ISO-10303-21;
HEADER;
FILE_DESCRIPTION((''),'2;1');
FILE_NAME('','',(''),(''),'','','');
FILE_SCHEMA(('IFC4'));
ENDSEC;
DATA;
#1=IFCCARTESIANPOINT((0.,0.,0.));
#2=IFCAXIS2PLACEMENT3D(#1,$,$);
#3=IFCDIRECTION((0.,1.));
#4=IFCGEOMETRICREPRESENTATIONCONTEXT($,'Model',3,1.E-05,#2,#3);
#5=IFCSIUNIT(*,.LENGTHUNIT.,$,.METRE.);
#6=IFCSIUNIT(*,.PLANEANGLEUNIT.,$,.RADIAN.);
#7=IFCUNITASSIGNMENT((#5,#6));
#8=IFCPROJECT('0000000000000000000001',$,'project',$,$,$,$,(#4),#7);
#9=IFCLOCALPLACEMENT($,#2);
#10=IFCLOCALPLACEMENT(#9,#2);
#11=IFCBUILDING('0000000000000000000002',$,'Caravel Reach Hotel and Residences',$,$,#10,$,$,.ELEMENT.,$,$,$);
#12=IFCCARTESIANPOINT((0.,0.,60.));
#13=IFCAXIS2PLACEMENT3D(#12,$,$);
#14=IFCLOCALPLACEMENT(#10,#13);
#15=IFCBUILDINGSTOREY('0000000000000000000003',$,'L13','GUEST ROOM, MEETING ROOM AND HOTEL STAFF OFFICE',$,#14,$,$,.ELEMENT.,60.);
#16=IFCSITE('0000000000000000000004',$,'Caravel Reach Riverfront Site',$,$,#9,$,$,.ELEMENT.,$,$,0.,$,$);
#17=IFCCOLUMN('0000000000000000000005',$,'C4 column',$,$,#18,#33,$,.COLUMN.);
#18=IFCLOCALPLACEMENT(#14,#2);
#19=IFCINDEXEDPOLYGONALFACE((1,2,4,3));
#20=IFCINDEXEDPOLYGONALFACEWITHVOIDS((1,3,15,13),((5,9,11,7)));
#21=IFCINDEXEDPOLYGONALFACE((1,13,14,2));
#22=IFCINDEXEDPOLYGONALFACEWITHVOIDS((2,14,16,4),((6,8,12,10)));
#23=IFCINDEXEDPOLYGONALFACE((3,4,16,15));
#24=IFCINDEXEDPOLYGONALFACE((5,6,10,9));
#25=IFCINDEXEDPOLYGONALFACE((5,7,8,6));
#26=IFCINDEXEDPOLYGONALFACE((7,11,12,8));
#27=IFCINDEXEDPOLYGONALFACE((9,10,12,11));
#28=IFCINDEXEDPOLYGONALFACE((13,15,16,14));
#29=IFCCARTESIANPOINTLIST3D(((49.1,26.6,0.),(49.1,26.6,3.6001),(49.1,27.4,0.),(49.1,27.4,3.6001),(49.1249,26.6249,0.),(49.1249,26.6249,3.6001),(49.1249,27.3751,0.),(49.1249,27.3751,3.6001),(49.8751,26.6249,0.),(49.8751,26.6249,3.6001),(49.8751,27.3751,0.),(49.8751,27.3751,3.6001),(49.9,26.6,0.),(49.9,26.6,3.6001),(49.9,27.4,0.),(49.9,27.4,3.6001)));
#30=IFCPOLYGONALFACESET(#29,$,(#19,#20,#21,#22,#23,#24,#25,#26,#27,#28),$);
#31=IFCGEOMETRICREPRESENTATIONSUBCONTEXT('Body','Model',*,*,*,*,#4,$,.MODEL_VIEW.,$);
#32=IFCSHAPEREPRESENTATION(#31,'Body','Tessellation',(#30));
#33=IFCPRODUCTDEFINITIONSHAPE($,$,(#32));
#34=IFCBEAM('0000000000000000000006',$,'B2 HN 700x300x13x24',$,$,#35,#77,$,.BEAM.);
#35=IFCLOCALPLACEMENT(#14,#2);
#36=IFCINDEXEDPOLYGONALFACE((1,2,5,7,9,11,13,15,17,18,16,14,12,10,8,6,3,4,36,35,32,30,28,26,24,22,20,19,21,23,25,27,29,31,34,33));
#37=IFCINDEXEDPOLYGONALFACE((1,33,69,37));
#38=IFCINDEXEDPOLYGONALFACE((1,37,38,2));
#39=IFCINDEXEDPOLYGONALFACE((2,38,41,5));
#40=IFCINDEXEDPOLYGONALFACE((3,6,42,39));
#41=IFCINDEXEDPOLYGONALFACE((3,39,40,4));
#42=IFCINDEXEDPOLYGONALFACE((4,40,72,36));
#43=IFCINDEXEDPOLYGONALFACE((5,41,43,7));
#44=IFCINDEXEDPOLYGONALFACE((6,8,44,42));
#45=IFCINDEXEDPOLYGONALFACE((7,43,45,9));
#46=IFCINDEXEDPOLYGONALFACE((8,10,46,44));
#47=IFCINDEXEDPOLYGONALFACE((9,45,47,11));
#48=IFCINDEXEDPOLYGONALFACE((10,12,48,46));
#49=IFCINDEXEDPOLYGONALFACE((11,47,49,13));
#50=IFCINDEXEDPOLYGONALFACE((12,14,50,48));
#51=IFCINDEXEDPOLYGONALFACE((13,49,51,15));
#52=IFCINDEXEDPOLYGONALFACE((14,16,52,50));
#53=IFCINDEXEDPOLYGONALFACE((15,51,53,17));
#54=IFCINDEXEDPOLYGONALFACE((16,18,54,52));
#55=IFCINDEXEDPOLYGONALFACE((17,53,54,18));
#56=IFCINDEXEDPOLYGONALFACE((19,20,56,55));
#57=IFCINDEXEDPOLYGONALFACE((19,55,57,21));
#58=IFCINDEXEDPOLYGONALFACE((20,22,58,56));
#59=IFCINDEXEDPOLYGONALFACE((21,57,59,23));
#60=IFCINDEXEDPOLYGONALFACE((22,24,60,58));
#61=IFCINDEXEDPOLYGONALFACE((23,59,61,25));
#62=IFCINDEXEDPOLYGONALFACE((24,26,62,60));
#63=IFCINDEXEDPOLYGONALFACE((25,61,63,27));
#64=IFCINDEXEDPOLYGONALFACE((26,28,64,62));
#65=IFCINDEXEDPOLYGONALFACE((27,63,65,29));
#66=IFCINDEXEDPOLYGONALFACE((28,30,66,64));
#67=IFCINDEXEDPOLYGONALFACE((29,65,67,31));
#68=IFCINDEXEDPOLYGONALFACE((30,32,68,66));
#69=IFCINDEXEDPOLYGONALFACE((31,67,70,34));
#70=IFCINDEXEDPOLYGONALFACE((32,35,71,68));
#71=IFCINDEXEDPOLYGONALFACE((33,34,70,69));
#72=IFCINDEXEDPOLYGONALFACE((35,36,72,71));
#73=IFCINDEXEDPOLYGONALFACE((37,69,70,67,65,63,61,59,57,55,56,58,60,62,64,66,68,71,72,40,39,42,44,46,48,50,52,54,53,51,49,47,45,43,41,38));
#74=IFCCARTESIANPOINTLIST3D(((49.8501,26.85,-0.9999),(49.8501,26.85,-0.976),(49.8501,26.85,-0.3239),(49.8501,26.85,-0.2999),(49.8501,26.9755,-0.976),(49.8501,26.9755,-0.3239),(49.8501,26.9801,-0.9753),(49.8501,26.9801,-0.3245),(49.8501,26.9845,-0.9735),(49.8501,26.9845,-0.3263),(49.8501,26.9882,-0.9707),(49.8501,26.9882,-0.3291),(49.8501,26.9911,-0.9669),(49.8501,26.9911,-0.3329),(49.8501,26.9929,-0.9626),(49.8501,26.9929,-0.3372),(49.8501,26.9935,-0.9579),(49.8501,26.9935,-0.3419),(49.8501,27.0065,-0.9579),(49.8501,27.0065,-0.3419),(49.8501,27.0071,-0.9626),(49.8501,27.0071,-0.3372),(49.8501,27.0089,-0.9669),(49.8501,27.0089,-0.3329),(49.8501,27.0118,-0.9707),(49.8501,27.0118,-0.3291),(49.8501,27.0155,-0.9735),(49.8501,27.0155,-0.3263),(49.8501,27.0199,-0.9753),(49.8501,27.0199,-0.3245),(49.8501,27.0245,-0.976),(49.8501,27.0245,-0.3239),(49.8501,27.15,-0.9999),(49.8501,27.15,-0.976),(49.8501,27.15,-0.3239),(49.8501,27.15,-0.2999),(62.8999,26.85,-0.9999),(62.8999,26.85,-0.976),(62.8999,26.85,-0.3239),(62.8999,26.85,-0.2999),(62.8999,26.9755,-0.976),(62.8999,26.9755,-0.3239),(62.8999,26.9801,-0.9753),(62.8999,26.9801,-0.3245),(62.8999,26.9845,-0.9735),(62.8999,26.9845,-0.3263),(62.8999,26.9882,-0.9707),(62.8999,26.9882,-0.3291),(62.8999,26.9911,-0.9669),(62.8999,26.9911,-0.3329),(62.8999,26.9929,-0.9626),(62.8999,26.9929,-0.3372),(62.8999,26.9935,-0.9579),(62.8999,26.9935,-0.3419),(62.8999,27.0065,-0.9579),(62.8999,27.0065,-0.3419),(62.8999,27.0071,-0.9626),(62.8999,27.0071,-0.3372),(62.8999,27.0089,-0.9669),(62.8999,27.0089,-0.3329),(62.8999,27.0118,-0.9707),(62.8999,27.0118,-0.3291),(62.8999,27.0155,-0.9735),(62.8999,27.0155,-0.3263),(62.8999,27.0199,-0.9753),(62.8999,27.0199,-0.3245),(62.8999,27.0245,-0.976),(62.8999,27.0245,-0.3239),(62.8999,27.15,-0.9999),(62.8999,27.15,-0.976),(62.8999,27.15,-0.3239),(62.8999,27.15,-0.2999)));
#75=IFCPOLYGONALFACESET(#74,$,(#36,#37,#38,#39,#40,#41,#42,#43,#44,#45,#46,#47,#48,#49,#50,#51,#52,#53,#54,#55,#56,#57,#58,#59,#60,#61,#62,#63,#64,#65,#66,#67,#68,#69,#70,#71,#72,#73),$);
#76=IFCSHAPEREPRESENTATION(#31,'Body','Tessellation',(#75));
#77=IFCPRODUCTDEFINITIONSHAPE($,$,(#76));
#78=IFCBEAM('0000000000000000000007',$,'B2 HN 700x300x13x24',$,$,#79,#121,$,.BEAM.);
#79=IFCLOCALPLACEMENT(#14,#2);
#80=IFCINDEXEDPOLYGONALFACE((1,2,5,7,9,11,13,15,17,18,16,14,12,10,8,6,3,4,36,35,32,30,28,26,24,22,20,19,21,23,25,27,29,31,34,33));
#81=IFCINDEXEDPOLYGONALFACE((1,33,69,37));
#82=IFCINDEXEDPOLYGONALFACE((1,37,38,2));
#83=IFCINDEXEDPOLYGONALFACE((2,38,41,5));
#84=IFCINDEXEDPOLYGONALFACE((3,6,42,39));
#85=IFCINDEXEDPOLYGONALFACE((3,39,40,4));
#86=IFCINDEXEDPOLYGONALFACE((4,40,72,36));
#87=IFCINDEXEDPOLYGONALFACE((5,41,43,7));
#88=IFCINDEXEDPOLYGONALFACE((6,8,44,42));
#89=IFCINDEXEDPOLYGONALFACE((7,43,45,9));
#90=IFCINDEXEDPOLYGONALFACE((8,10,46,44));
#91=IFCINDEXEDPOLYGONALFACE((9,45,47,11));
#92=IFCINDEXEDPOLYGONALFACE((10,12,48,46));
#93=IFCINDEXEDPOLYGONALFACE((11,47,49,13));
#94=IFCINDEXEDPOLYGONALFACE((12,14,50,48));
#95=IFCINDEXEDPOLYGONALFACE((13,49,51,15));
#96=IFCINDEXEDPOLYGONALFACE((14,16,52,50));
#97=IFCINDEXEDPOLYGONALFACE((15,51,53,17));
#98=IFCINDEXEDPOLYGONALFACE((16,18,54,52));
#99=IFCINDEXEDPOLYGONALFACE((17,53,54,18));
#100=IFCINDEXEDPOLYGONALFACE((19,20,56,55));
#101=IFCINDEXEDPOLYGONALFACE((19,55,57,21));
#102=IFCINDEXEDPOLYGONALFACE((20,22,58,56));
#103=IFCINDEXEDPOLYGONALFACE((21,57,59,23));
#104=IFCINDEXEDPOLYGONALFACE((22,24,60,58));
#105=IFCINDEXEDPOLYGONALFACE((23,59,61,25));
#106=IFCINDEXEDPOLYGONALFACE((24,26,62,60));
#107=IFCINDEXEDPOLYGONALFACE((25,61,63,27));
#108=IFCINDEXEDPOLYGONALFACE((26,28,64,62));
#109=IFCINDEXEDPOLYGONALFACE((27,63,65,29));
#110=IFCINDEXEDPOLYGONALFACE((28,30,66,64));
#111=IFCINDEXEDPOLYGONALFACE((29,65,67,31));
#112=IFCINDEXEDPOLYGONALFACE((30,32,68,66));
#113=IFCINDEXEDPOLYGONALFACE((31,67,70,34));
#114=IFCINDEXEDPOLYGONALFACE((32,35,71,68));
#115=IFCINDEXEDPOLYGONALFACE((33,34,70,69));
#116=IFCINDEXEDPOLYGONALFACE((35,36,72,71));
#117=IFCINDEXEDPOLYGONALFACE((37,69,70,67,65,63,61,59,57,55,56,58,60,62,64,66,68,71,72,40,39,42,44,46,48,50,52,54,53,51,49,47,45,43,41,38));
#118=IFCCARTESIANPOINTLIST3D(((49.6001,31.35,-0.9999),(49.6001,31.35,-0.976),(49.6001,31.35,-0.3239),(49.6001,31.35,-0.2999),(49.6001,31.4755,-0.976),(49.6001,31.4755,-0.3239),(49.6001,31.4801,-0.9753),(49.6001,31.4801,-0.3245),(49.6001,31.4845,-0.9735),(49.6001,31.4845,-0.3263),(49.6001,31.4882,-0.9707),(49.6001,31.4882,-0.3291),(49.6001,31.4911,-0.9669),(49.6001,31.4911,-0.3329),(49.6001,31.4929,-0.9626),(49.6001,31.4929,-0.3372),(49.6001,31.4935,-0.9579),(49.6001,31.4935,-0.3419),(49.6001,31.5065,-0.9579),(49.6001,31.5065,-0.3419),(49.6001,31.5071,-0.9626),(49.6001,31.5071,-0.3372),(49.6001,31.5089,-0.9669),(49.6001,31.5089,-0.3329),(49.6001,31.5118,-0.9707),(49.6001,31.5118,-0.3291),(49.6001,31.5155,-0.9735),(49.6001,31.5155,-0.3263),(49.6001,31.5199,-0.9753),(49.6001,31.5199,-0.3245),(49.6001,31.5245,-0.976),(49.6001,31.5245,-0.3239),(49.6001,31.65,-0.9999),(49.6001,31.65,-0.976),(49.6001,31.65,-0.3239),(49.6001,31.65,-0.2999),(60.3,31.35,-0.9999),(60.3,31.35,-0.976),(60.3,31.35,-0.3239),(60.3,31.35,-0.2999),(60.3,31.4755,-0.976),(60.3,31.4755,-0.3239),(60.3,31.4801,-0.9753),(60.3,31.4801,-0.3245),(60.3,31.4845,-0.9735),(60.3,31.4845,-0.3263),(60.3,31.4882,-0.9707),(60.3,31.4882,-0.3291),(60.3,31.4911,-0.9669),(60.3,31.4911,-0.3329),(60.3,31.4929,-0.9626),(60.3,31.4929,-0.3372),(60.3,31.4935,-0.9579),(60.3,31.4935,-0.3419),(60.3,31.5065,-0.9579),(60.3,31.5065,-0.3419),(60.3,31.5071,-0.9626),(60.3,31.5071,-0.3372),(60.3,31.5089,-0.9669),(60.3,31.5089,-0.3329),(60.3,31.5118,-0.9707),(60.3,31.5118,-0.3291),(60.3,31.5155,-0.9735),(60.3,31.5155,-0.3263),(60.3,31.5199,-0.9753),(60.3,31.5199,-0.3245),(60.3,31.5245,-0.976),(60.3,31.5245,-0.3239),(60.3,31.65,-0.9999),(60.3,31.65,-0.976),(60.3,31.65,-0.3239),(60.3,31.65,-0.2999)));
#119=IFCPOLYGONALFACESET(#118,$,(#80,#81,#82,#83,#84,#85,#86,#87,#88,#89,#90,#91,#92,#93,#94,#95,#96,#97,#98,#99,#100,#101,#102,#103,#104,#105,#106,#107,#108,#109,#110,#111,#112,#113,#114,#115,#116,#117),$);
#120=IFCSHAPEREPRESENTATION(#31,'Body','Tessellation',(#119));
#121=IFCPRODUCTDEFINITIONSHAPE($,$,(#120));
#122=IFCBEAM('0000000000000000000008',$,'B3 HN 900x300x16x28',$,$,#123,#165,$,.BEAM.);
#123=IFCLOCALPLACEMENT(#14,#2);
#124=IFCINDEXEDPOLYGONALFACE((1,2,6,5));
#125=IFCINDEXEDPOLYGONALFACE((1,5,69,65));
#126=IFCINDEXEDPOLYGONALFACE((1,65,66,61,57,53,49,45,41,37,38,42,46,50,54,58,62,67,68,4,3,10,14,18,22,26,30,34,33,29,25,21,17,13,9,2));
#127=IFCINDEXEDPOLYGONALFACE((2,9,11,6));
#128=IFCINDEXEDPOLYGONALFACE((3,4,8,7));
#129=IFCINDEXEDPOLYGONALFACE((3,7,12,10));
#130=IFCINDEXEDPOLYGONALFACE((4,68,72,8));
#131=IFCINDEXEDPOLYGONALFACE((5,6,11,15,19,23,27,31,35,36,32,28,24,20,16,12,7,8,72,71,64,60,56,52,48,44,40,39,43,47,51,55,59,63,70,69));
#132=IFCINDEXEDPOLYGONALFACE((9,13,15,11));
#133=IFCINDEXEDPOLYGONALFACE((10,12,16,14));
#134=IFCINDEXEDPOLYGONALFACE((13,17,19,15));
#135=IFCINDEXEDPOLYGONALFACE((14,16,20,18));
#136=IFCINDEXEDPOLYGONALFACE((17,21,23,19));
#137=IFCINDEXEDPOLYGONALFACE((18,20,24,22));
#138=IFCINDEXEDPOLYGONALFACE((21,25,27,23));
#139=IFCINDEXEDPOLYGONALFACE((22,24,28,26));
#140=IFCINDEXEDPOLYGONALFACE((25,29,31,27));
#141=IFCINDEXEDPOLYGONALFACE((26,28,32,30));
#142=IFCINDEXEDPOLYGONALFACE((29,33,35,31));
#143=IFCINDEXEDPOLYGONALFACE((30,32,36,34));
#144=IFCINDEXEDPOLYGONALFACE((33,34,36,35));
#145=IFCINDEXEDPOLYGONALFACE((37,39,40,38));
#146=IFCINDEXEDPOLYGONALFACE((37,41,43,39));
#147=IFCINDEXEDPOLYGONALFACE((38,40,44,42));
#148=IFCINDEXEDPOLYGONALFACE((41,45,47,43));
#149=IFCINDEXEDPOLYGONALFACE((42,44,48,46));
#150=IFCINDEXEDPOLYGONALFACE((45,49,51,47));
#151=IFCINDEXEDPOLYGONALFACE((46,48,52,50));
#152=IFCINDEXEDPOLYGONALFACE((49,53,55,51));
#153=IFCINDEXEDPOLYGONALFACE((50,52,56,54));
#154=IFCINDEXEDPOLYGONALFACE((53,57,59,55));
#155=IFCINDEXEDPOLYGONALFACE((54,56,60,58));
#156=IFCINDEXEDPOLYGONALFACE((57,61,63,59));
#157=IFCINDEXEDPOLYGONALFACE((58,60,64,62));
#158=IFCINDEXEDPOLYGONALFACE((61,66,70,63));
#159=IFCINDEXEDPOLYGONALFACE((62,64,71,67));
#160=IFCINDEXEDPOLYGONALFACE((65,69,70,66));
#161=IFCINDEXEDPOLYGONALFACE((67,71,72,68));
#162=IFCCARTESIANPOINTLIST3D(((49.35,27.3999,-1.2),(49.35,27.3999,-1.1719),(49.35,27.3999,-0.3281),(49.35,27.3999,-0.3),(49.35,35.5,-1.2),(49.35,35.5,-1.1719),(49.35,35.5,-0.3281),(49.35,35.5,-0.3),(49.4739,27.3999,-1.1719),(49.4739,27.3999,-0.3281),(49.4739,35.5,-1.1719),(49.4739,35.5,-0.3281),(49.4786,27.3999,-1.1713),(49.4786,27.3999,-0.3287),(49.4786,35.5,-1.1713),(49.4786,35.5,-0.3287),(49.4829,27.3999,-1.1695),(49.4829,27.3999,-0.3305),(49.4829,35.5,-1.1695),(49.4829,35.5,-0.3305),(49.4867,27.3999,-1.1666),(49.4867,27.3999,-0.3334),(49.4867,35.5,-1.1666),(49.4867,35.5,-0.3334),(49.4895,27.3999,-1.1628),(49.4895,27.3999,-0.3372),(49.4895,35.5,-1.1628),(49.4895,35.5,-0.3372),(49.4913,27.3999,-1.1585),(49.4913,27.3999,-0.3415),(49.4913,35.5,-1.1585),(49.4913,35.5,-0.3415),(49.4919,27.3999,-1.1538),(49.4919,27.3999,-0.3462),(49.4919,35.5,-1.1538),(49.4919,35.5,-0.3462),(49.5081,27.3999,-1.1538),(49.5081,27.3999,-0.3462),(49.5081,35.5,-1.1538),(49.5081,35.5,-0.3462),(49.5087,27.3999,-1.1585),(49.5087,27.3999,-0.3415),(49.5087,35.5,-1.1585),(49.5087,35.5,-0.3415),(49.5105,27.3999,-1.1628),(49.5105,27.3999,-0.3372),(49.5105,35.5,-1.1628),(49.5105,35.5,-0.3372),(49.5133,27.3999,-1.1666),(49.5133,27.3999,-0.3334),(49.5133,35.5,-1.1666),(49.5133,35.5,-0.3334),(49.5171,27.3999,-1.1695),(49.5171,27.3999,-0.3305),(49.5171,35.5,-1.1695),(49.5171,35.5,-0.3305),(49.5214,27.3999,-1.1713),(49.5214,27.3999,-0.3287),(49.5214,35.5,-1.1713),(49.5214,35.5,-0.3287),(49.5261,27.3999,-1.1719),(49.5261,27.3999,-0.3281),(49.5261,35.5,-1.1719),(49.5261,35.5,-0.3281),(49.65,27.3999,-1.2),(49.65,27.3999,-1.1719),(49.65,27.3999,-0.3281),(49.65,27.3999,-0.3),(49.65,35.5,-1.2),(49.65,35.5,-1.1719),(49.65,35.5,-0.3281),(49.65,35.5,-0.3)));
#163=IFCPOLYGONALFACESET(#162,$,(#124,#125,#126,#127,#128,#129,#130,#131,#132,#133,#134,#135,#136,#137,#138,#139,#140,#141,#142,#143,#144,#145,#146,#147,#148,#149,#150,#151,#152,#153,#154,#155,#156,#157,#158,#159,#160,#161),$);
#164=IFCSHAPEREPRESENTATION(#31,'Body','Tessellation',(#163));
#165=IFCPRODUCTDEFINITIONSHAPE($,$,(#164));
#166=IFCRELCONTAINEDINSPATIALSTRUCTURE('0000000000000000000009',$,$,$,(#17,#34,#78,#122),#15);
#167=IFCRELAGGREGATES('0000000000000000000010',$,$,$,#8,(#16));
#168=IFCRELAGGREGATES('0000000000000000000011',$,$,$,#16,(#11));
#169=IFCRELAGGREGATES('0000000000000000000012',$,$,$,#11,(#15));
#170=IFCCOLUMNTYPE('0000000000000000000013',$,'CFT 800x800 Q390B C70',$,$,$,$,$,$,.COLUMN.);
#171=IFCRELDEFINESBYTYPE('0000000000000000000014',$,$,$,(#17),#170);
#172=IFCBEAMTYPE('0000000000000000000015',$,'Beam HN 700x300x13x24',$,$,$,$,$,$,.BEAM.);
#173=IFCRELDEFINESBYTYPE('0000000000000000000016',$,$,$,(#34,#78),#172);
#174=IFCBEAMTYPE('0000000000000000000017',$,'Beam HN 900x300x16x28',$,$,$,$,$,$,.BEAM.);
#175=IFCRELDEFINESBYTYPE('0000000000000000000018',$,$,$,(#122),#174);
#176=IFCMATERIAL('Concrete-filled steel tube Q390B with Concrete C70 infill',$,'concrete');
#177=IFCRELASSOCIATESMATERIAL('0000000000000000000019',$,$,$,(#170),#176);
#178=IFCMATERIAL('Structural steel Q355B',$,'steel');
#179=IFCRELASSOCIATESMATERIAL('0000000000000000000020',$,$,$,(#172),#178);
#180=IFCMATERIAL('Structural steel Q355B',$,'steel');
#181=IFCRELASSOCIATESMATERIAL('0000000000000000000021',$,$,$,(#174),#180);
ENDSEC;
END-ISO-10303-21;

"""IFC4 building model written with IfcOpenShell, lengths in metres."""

from ifc_helpers import new_model, si_unit, direction, frame, origin, origin_2d, place, context, subcontext, project, spatial, hollow_rectangle, i_section, extrude, material, material_profile, profile_set, type_object, element, save


model = new_model("IFC4")

# Units and contexts
model_context = context("Model", 3, precision=1e-05, world=origin(), true_north=direction((0.0, 1.0)))
body_context = subcontext(model_context, "Body", "Model", "MODEL_VIEW")
ifc_project = project(units=[si_unit("LENGTHUNIT", "METRE"), si_unit("PLANEANGLEUNIT", "RADIAN")], contexts=[model_context])

# Site, building, storey
site_placement = place(None, origin())
site = spatial("IfcSite", under=ifc_project, at=site_placement, Name="Caravel Reach Riverfront Site", CompositionType="ELEMENT", RefElevation=0.0)
building_placement = place(site_placement, origin())
building = spatial("IfcBuilding", under=site, at=building_placement, Name="Caravel Reach Hotel and Residences", CompositionType="ELEMENT")
storey_placement = place(building_placement, frame((0.0, 0.0, 60.0)))
storey = spatial("IfcBuildingStorey", under=building, at=storey_placement, Name="L13", Description="GUEST ROOM, MEETING ROOM AND HOTEL STAFF OFFICE", CompositionType="ELEMENT", Elevation=60.0)

# Column
ifc_material_1 = material(Name="Concrete-filled steel tube Q390B with Concrete C70 infill", Category="concrete")
ifc_material_profile_1 = material_profile(ifc_material_1, hollow_rectangle(XDim=0.8, YDim=0.8, WallThickness=0.0249, at=origin_2d()), Name="RHS 800x800x25")
ifc_profile_set_1 = profile_set([ifc_material_profile_1], Name="Concrete-filled steel tube Q390B with Concrete C70 infill")
column_type = type_object("IfcColumnType", Name="CFT 800x800 Q390B C70", PredefinedType="COLUMN", material=ifc_profile_set_1)
column_placement = place(storey_placement, frame((49.5, 27.0, 0.0), z_axis=(0.0, 0.0, 1.0), x_axis=(1.0, 0.0, 0.0)))
element("IfcColumn", 1, at=column_placement, inside=storey, type_object=column_type, Name="C4 column", PredefinedType="COLUMN", context=body_context, shape_type="SweptSolid", body=[
    extrude(hollow_rectangle(XDim=0.8, YDim=0.8, WallThickness=0.0249, at=origin_2d()), origin(), (0.0, 0.0, 1.0), 3.6001),
])

# Beams
ifc_material_2 = material(Name="Structural steel Q355B", Category="steel")
ifc_material_profile_2 = material_profile(ifc_material_2, i_section(OverallWidth=0.3, OverallDepth=0.7, WebThickness=0.0129, FlangeThickness=0.0239, FilletRadius=0.0181, at=origin_2d()), Name="HN 700x300x13x24")
ifc_profile_set_2 = profile_set([ifc_material_profile_2], Name="Structural steel Q355B")
beam_type_1 = type_object("IfcBeamType", Name="Beam HN 700x300x13x24", PredefinedType="BEAM", material=ifc_profile_set_2)
beam_1_placement = place(storey_placement, frame((49.8501, 27.0, -0.6499), z_axis=(1.0, 0.0, 0.0), x_axis=(0.0, 1.0, 0.0)))
element("IfcBeam", 2, at=beam_1_placement, inside=storey, type_object=beam_type_1, Name="B2 HN 700x300x13x24", PredefinedType="BEAM", context=body_context, shape_type="SweptSolid", body=[
    extrude(i_section(OverallWidth=0.3, OverallDepth=0.7, WebThickness=0.0129, FlangeThickness=0.0239, FilletRadius=0.0181, at=origin_2d()), origin(), (0.0, 0.0, 1.0), 13.0498),
])
beam_2_placement = place(storey_placement, frame((49.6001, 31.5, -0.6499), z_axis=(1.0, 0.0, 0.0), x_axis=(0.0, 1.0, 0.0)))
element("IfcBeam", 3, at=beam_2_placement, inside=storey, type_object=beam_type_1, Name="B2 HN 700x300x13x24", PredefinedType="BEAM", context=body_context, shape_type="SweptSolid", body=[
    extrude(i_section(OverallWidth=0.3, OverallDepth=0.7, WebThickness=0.0129, FlangeThickness=0.0239, FilletRadius=0.0181, at=origin_2d()), origin(), (0.0, 0.0, 1.0), 10.7),
])
ifc_material_3 = material(Name="Structural steel Q355B", Category="steel")
ifc_material_profile_3 = material_profile(ifc_material_3, i_section(OverallWidth=0.3, OverallDepth=0.8999, WebThickness=0.0161, FlangeThickness=0.0281, FilletRadius=0.0181, at=origin_2d()), Name="HN 900x300x16x28")
ifc_profile_set_3 = profile_set([ifc_material_profile_3], Name="Structural steel Q355B")
beam_type_2 = type_object("IfcBeamType", Name="Beam HN 900x300x16x28", PredefinedType="BEAM", material=ifc_profile_set_3)
beam_3_placement = place(storey_placement, frame((49.5, 27.3999, -0.75), z_axis=(0.0, 1.0, 0.0), x_axis=(-1.0, 0.0, 0.0)))
element("IfcBeam", 4, at=beam_3_placement, inside=storey, type_object=beam_type_2, Name="B3 HN 900x300x16x28", PredefinedType="BEAM", context=body_context, shape_type="SweptSolid", body=[
    extrude(i_section(OverallWidth=0.3, OverallDepth=0.8999, WebThickness=0.0161, FlangeThickness=0.0281, FilletRadius=0.0181, at=origin_2d()), origin(), (0.0, 0.0, 1.0), 8.1001),
])

save(model, "model.ifc")
